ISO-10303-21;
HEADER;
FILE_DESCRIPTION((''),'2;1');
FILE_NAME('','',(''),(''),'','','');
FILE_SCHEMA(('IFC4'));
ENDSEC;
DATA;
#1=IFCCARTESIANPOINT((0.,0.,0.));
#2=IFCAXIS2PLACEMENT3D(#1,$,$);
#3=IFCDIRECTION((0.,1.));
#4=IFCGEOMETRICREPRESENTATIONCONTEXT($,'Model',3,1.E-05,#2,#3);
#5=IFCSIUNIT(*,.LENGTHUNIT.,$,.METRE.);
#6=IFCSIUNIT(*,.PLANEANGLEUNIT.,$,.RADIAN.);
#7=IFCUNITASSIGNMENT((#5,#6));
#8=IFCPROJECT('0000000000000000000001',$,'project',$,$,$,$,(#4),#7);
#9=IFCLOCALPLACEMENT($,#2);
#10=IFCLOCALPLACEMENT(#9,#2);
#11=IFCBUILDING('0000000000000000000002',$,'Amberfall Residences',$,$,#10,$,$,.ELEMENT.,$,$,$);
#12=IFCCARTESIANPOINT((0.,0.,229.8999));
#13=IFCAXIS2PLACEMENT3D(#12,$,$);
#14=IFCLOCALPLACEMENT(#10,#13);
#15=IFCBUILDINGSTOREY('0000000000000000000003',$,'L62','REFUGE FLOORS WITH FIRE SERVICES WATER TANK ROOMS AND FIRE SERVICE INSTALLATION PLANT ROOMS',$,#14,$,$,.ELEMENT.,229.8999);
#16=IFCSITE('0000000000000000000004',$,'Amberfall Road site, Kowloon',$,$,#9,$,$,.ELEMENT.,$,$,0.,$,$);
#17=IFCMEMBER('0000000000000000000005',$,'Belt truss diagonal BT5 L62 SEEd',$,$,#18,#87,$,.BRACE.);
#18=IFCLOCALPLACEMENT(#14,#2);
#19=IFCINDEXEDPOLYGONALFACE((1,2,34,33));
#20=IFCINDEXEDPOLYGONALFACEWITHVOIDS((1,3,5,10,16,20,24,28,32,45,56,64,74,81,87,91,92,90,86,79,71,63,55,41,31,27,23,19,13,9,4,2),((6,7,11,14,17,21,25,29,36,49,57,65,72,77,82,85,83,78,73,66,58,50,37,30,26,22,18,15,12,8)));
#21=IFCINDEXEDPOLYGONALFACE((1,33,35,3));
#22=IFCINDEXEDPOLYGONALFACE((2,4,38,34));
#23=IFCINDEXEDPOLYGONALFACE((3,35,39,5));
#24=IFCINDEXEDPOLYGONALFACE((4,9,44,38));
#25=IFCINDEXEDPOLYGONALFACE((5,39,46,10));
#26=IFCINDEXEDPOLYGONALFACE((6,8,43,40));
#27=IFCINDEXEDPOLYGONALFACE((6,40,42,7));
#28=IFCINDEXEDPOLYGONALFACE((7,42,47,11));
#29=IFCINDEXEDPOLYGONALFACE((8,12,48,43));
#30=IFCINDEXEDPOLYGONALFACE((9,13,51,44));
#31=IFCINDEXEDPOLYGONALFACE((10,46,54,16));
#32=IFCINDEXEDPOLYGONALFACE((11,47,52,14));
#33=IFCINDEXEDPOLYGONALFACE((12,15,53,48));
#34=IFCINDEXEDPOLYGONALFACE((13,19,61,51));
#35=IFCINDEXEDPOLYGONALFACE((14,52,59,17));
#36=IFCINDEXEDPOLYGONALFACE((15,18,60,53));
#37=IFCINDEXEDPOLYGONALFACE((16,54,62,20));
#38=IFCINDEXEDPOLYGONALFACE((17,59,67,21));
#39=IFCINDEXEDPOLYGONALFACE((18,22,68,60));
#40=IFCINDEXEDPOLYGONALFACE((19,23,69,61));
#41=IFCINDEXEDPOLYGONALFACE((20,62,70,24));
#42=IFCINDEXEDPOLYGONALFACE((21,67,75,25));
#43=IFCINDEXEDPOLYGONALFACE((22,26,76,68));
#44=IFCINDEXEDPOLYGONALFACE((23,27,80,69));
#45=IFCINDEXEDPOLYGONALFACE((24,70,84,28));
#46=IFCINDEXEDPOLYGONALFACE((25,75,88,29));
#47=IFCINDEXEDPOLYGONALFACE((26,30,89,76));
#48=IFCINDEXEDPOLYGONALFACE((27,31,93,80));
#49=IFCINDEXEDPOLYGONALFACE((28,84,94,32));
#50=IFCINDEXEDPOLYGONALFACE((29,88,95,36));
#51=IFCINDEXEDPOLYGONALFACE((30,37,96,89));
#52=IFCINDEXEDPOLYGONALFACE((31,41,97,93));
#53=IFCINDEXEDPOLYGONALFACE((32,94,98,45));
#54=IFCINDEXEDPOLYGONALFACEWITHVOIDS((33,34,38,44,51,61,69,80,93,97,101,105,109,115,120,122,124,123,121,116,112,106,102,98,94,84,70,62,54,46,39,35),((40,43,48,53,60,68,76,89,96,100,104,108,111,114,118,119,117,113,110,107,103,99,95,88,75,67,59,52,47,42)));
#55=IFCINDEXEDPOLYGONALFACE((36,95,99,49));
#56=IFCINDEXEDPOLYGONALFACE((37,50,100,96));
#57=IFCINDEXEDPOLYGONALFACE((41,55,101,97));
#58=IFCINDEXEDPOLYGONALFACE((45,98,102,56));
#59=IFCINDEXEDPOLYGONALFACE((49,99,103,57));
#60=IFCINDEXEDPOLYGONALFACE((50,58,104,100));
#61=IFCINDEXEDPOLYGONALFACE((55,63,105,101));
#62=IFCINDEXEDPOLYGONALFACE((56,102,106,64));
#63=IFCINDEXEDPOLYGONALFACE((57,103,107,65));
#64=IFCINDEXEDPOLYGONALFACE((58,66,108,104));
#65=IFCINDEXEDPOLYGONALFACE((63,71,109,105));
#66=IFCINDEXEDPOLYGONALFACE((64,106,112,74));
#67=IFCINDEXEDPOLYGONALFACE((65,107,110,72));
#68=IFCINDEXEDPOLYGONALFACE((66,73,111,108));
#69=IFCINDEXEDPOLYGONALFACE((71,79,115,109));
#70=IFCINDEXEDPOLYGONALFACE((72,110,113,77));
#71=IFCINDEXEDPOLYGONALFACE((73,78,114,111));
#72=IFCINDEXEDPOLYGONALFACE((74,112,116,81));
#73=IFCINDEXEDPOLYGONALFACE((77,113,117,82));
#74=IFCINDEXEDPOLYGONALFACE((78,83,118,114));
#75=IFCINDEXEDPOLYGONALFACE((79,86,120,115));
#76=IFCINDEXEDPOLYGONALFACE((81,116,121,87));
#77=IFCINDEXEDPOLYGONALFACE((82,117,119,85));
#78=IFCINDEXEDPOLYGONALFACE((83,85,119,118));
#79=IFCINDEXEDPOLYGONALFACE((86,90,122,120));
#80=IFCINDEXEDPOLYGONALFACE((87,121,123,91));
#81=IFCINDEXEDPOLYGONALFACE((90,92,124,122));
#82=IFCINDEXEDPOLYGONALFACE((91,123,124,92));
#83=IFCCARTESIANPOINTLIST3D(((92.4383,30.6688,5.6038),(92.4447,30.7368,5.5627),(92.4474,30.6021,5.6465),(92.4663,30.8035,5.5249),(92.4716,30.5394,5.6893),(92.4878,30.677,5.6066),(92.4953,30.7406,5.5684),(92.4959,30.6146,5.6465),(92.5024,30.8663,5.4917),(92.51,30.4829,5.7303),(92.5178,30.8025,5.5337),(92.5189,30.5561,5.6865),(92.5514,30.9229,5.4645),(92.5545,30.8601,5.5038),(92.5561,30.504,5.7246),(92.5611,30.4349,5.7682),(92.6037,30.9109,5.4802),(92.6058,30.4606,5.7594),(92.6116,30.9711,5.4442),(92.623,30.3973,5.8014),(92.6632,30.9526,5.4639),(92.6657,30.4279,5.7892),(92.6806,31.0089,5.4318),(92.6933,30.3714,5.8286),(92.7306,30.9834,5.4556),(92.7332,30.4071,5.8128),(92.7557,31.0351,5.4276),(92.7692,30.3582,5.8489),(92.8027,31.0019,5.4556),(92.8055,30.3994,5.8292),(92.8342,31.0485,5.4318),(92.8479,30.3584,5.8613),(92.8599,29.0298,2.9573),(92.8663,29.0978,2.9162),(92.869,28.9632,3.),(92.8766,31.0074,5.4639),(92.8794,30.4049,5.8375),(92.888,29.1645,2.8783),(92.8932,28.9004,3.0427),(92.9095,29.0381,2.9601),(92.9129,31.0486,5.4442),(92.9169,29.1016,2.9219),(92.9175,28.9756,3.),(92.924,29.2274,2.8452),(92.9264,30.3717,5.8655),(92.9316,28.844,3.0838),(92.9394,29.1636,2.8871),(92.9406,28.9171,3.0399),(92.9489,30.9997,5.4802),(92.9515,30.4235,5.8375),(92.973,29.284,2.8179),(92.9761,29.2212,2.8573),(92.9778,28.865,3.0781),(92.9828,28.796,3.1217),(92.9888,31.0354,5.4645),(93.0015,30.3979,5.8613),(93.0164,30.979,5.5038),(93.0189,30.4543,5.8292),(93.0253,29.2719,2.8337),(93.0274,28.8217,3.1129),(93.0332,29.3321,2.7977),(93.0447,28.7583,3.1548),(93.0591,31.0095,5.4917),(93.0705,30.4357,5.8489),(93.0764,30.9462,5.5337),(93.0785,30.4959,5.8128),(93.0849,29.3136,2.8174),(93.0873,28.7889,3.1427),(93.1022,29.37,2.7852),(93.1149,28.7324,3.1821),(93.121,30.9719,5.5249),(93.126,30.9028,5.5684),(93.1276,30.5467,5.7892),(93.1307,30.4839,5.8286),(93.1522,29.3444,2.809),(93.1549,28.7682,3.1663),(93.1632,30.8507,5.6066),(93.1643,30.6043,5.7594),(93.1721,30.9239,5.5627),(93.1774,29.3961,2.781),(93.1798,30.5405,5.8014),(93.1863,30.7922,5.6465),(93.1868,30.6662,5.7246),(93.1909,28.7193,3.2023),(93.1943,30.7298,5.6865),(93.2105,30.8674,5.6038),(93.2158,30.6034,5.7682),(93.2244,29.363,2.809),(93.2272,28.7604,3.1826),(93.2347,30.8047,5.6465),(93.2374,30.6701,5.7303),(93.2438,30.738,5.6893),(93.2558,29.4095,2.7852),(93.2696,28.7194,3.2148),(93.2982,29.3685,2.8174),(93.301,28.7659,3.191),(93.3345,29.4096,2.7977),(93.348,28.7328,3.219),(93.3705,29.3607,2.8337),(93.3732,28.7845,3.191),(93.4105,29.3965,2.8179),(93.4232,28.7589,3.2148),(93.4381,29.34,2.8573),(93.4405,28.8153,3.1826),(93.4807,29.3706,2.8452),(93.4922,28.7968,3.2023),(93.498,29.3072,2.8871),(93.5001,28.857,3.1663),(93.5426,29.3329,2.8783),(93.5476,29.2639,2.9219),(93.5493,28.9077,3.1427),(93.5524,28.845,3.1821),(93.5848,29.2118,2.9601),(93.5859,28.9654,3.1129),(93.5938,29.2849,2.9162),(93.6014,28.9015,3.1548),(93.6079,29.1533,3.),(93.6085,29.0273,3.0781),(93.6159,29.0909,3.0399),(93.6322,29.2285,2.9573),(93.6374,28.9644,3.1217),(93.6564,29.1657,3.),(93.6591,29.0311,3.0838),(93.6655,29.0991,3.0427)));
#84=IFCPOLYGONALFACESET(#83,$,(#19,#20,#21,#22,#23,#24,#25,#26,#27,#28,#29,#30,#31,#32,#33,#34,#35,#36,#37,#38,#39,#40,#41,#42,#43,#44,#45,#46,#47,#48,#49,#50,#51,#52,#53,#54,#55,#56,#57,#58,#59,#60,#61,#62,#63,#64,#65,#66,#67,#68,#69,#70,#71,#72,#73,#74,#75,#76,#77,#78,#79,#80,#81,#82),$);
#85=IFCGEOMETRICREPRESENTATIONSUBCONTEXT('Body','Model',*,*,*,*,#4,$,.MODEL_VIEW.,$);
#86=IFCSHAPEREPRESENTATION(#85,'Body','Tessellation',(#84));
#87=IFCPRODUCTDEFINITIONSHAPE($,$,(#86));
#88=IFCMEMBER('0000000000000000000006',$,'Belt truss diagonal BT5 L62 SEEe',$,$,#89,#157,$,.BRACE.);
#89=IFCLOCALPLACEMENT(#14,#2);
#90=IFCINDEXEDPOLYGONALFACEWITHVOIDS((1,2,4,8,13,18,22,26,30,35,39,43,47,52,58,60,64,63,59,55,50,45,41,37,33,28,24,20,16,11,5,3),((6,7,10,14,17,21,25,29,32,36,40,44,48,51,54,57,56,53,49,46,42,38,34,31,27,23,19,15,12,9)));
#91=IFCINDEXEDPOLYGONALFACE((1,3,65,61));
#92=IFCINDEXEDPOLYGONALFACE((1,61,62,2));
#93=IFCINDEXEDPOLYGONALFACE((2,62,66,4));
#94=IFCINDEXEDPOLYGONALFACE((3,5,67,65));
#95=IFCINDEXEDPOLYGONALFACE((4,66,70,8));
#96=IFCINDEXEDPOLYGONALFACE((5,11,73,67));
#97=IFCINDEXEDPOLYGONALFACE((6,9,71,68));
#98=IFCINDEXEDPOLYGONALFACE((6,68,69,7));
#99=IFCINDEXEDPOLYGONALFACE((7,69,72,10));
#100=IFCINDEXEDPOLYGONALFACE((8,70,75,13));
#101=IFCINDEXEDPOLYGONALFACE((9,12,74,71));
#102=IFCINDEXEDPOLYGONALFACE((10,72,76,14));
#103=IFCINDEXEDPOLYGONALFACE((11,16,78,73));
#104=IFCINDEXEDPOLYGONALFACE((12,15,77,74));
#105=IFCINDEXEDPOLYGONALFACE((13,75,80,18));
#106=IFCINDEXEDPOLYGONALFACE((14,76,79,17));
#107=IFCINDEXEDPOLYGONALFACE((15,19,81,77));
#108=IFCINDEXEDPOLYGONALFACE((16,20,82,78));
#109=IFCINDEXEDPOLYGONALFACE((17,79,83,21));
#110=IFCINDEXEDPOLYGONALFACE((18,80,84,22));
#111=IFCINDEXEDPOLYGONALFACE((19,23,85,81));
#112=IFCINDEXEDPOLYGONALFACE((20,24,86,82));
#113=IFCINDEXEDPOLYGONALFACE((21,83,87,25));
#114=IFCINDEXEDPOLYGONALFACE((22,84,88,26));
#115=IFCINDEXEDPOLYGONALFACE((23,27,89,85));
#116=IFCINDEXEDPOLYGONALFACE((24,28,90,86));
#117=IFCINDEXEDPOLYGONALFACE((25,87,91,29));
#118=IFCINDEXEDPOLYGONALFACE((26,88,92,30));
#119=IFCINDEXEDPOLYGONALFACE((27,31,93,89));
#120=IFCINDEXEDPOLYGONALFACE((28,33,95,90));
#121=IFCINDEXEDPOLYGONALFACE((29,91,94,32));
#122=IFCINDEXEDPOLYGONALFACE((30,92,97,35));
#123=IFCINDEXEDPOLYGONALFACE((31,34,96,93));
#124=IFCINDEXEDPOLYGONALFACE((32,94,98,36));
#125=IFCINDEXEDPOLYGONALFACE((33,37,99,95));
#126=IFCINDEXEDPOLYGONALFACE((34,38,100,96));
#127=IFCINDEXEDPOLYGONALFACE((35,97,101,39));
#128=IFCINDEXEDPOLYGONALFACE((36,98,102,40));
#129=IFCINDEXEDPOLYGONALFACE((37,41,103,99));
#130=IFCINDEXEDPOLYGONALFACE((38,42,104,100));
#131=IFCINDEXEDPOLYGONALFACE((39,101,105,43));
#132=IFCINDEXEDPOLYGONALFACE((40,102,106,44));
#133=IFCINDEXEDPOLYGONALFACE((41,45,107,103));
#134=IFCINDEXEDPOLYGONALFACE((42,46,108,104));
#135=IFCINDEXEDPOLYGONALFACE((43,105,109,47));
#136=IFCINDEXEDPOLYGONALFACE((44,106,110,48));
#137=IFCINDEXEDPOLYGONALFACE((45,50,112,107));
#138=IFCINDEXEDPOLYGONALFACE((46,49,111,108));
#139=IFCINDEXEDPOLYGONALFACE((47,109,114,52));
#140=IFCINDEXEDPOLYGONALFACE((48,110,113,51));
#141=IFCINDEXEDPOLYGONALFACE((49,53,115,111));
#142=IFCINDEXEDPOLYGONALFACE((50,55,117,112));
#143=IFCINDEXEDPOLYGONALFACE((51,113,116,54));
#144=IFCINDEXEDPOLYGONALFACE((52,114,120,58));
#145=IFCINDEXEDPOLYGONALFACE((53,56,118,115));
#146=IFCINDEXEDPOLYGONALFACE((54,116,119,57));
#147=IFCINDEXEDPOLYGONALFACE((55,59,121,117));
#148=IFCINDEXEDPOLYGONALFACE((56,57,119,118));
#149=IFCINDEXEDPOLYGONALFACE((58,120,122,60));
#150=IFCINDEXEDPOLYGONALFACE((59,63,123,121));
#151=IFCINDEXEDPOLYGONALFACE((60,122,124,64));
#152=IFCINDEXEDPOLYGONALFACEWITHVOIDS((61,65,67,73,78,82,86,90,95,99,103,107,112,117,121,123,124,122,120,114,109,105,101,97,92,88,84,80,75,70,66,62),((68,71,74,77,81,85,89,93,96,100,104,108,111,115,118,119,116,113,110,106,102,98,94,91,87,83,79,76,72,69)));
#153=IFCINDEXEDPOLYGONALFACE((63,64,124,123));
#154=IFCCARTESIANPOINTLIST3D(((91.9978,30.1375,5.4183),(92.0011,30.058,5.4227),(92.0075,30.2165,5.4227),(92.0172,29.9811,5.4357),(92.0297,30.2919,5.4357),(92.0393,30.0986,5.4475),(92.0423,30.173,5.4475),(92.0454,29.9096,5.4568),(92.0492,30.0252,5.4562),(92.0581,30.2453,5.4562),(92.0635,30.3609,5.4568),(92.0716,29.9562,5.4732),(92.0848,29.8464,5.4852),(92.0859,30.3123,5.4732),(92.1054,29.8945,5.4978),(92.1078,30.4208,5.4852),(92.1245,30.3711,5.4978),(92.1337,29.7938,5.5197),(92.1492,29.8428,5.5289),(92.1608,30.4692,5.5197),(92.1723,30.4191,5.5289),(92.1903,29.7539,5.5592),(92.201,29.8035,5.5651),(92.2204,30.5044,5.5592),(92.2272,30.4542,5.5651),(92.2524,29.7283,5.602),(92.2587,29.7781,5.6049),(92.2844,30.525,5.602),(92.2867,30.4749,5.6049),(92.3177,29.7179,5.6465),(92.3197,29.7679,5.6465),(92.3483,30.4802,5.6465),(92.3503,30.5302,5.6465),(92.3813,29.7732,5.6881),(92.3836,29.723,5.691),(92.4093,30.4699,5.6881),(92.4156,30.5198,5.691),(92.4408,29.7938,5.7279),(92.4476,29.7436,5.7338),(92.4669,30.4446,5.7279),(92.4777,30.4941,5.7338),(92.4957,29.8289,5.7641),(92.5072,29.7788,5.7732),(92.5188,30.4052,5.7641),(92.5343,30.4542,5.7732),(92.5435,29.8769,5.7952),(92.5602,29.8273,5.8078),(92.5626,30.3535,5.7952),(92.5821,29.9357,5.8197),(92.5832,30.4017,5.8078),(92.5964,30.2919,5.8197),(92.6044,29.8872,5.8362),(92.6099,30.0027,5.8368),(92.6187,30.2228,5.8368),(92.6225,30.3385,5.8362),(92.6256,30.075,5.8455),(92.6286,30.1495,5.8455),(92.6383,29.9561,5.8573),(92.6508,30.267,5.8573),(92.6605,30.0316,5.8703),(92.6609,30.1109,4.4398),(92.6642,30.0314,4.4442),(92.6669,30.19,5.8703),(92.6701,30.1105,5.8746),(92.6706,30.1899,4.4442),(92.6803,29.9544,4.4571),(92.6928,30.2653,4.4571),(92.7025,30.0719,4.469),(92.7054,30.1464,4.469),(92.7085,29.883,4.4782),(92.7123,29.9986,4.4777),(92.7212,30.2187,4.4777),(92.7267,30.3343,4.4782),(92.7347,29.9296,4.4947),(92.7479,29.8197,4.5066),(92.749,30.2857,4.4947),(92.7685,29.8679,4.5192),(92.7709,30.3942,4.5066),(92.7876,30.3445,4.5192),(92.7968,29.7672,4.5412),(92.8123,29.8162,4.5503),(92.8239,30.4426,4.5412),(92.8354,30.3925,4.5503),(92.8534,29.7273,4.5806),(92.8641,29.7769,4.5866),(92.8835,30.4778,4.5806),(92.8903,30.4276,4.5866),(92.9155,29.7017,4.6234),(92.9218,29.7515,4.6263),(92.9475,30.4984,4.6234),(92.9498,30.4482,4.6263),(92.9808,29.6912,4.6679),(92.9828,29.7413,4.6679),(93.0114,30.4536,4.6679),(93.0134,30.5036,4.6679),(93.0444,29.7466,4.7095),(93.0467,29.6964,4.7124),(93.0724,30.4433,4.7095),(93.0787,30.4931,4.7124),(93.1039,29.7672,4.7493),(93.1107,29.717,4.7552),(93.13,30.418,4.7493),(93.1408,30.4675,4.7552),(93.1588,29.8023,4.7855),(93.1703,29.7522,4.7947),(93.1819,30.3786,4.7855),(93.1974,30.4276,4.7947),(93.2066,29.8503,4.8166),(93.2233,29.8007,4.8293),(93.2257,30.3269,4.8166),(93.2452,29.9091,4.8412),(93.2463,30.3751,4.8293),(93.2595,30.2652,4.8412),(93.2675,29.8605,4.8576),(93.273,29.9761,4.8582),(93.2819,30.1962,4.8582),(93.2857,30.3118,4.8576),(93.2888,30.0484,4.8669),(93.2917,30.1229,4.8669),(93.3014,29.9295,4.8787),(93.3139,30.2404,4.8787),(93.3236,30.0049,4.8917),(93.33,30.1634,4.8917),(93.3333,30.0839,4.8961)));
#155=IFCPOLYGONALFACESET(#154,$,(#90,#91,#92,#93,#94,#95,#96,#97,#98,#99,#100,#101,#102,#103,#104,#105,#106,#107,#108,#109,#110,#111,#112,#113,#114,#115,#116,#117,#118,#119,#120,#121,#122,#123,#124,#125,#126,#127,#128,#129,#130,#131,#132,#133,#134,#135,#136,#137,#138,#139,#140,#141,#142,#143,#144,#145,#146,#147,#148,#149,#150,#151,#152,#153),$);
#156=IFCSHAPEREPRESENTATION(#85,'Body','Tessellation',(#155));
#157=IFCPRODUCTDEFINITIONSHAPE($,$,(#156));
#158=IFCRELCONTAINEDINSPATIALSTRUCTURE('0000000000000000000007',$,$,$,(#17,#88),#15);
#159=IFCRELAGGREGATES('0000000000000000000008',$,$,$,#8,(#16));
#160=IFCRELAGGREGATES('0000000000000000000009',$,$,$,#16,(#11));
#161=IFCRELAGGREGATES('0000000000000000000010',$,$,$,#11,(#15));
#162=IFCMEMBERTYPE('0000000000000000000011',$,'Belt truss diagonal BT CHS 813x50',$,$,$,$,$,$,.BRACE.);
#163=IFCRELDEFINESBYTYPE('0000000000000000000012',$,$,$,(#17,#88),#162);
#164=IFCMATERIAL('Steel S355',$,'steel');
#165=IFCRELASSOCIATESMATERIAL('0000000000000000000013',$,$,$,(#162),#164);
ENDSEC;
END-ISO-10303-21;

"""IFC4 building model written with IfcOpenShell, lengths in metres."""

from ifc_helpers import new_model, si_unit, direction, frame, origin, origin_2d, place, context, subcontext, project, spatial, hollow_circle, extrude, material, material_profile, profile_set, type_object, element, save


model = new_model("IFC4")

# Units and contexts
model_context = context("Model", 3, precision=1e-05, world=origin(), true_north=direction((0.0, 1.0)))
body_context = subcontext(model_context, "Body", "Model", "MODEL_VIEW")
ifc_project = project(units=[si_unit("LENGTHUNIT", "METRE"), si_unit("PLANEANGLEUNIT", "RADIAN")], contexts=[model_context])

# Site, building, storey
site_placement = place(None, origin())
site = spatial("IfcSite", under=ifc_project, at=site_placement, Name="Amberfall Road site, Kowloon", CompositionType="ELEMENT", RefElevation=0.0)
building_placement = place(site_placement, origin())
building = spatial("IfcBuilding", under=site, at=building_placement, Name="Amberfall Residences", CompositionType="ELEMENT")
storey_placement = place(building_placement, frame((0.0, 0.0, 229.8999)))
storey = spatial("IfcBuildingStorey", under=building, at=storey_placement, Name="L62", Description="REFUGE FLOORS WITH FIRE SERVICES WATER TANK ROOMS AND FIRE SERVICE INSTALLATION PLANT ROOMS", CompositionType="ELEMENT", Elevation=229.8999)

# Shared definitions
ifc_material = material(Name="Steel S355", Category="steel")

# Members
ifc_material_profile_1 = material_profile(ifc_material, hollow_circle(Radius=0.4065, WallThickness=0.05, at=origin_2d()), Name="CHS 813x50")
ifc_profile_set_1 = profile_set([ifc_material_profile_1], Name="Steel S355")
member_type_1 = type_object("IfcMemberType", Name="Belt truss diagonal BT CHS 813x50", PredefinedType="BRACE", material=ifc_profile_set_1)
member_1_placement = place(storey_placement, frame((93.2627, 29.0645, 3.0), z_axis=(-0.134222, 0.521734, 0.842484), x_axis=(-0.968465, -0.249149, 0.0)))
element("IfcMember", 1, at=member_1_placement, inside=storey, type_object=member_type_1, Name="Belt truss diagonal BT5 L62 SEEd", PredefinedType="BRACE", context=body_context, shape_type="SweptSolid", body=[
    extrude(hollow_circle(Radius=0.4065, WallThickness=0.05, at=origin_2d()), origin(), (0.0, 0.0, 1.0), 3.1414),
])
member_2_placement = place(storey_placement, frame((92.334, 30.124, 5.6465), z_axis=(0.560834, -0.022508, -0.827622), x_axis=(0.0401, 0.999196, 0.0)))
element("IfcMember", 2, at=member_2_placement, inside=storey, type_object=member_type_1, Name="Belt truss diagonal BT5 L62 SEEe", PredefinedType="BRACE", context=body_context, shape_type="SweptSolid", body=[
    extrude(hollow_circle(Radius=0.4065, WallThickness=0.05, at=origin_2d()), origin(), (0.0, 0.0, 1.0), 1.1824),
])

save(model, "model.ifc")
